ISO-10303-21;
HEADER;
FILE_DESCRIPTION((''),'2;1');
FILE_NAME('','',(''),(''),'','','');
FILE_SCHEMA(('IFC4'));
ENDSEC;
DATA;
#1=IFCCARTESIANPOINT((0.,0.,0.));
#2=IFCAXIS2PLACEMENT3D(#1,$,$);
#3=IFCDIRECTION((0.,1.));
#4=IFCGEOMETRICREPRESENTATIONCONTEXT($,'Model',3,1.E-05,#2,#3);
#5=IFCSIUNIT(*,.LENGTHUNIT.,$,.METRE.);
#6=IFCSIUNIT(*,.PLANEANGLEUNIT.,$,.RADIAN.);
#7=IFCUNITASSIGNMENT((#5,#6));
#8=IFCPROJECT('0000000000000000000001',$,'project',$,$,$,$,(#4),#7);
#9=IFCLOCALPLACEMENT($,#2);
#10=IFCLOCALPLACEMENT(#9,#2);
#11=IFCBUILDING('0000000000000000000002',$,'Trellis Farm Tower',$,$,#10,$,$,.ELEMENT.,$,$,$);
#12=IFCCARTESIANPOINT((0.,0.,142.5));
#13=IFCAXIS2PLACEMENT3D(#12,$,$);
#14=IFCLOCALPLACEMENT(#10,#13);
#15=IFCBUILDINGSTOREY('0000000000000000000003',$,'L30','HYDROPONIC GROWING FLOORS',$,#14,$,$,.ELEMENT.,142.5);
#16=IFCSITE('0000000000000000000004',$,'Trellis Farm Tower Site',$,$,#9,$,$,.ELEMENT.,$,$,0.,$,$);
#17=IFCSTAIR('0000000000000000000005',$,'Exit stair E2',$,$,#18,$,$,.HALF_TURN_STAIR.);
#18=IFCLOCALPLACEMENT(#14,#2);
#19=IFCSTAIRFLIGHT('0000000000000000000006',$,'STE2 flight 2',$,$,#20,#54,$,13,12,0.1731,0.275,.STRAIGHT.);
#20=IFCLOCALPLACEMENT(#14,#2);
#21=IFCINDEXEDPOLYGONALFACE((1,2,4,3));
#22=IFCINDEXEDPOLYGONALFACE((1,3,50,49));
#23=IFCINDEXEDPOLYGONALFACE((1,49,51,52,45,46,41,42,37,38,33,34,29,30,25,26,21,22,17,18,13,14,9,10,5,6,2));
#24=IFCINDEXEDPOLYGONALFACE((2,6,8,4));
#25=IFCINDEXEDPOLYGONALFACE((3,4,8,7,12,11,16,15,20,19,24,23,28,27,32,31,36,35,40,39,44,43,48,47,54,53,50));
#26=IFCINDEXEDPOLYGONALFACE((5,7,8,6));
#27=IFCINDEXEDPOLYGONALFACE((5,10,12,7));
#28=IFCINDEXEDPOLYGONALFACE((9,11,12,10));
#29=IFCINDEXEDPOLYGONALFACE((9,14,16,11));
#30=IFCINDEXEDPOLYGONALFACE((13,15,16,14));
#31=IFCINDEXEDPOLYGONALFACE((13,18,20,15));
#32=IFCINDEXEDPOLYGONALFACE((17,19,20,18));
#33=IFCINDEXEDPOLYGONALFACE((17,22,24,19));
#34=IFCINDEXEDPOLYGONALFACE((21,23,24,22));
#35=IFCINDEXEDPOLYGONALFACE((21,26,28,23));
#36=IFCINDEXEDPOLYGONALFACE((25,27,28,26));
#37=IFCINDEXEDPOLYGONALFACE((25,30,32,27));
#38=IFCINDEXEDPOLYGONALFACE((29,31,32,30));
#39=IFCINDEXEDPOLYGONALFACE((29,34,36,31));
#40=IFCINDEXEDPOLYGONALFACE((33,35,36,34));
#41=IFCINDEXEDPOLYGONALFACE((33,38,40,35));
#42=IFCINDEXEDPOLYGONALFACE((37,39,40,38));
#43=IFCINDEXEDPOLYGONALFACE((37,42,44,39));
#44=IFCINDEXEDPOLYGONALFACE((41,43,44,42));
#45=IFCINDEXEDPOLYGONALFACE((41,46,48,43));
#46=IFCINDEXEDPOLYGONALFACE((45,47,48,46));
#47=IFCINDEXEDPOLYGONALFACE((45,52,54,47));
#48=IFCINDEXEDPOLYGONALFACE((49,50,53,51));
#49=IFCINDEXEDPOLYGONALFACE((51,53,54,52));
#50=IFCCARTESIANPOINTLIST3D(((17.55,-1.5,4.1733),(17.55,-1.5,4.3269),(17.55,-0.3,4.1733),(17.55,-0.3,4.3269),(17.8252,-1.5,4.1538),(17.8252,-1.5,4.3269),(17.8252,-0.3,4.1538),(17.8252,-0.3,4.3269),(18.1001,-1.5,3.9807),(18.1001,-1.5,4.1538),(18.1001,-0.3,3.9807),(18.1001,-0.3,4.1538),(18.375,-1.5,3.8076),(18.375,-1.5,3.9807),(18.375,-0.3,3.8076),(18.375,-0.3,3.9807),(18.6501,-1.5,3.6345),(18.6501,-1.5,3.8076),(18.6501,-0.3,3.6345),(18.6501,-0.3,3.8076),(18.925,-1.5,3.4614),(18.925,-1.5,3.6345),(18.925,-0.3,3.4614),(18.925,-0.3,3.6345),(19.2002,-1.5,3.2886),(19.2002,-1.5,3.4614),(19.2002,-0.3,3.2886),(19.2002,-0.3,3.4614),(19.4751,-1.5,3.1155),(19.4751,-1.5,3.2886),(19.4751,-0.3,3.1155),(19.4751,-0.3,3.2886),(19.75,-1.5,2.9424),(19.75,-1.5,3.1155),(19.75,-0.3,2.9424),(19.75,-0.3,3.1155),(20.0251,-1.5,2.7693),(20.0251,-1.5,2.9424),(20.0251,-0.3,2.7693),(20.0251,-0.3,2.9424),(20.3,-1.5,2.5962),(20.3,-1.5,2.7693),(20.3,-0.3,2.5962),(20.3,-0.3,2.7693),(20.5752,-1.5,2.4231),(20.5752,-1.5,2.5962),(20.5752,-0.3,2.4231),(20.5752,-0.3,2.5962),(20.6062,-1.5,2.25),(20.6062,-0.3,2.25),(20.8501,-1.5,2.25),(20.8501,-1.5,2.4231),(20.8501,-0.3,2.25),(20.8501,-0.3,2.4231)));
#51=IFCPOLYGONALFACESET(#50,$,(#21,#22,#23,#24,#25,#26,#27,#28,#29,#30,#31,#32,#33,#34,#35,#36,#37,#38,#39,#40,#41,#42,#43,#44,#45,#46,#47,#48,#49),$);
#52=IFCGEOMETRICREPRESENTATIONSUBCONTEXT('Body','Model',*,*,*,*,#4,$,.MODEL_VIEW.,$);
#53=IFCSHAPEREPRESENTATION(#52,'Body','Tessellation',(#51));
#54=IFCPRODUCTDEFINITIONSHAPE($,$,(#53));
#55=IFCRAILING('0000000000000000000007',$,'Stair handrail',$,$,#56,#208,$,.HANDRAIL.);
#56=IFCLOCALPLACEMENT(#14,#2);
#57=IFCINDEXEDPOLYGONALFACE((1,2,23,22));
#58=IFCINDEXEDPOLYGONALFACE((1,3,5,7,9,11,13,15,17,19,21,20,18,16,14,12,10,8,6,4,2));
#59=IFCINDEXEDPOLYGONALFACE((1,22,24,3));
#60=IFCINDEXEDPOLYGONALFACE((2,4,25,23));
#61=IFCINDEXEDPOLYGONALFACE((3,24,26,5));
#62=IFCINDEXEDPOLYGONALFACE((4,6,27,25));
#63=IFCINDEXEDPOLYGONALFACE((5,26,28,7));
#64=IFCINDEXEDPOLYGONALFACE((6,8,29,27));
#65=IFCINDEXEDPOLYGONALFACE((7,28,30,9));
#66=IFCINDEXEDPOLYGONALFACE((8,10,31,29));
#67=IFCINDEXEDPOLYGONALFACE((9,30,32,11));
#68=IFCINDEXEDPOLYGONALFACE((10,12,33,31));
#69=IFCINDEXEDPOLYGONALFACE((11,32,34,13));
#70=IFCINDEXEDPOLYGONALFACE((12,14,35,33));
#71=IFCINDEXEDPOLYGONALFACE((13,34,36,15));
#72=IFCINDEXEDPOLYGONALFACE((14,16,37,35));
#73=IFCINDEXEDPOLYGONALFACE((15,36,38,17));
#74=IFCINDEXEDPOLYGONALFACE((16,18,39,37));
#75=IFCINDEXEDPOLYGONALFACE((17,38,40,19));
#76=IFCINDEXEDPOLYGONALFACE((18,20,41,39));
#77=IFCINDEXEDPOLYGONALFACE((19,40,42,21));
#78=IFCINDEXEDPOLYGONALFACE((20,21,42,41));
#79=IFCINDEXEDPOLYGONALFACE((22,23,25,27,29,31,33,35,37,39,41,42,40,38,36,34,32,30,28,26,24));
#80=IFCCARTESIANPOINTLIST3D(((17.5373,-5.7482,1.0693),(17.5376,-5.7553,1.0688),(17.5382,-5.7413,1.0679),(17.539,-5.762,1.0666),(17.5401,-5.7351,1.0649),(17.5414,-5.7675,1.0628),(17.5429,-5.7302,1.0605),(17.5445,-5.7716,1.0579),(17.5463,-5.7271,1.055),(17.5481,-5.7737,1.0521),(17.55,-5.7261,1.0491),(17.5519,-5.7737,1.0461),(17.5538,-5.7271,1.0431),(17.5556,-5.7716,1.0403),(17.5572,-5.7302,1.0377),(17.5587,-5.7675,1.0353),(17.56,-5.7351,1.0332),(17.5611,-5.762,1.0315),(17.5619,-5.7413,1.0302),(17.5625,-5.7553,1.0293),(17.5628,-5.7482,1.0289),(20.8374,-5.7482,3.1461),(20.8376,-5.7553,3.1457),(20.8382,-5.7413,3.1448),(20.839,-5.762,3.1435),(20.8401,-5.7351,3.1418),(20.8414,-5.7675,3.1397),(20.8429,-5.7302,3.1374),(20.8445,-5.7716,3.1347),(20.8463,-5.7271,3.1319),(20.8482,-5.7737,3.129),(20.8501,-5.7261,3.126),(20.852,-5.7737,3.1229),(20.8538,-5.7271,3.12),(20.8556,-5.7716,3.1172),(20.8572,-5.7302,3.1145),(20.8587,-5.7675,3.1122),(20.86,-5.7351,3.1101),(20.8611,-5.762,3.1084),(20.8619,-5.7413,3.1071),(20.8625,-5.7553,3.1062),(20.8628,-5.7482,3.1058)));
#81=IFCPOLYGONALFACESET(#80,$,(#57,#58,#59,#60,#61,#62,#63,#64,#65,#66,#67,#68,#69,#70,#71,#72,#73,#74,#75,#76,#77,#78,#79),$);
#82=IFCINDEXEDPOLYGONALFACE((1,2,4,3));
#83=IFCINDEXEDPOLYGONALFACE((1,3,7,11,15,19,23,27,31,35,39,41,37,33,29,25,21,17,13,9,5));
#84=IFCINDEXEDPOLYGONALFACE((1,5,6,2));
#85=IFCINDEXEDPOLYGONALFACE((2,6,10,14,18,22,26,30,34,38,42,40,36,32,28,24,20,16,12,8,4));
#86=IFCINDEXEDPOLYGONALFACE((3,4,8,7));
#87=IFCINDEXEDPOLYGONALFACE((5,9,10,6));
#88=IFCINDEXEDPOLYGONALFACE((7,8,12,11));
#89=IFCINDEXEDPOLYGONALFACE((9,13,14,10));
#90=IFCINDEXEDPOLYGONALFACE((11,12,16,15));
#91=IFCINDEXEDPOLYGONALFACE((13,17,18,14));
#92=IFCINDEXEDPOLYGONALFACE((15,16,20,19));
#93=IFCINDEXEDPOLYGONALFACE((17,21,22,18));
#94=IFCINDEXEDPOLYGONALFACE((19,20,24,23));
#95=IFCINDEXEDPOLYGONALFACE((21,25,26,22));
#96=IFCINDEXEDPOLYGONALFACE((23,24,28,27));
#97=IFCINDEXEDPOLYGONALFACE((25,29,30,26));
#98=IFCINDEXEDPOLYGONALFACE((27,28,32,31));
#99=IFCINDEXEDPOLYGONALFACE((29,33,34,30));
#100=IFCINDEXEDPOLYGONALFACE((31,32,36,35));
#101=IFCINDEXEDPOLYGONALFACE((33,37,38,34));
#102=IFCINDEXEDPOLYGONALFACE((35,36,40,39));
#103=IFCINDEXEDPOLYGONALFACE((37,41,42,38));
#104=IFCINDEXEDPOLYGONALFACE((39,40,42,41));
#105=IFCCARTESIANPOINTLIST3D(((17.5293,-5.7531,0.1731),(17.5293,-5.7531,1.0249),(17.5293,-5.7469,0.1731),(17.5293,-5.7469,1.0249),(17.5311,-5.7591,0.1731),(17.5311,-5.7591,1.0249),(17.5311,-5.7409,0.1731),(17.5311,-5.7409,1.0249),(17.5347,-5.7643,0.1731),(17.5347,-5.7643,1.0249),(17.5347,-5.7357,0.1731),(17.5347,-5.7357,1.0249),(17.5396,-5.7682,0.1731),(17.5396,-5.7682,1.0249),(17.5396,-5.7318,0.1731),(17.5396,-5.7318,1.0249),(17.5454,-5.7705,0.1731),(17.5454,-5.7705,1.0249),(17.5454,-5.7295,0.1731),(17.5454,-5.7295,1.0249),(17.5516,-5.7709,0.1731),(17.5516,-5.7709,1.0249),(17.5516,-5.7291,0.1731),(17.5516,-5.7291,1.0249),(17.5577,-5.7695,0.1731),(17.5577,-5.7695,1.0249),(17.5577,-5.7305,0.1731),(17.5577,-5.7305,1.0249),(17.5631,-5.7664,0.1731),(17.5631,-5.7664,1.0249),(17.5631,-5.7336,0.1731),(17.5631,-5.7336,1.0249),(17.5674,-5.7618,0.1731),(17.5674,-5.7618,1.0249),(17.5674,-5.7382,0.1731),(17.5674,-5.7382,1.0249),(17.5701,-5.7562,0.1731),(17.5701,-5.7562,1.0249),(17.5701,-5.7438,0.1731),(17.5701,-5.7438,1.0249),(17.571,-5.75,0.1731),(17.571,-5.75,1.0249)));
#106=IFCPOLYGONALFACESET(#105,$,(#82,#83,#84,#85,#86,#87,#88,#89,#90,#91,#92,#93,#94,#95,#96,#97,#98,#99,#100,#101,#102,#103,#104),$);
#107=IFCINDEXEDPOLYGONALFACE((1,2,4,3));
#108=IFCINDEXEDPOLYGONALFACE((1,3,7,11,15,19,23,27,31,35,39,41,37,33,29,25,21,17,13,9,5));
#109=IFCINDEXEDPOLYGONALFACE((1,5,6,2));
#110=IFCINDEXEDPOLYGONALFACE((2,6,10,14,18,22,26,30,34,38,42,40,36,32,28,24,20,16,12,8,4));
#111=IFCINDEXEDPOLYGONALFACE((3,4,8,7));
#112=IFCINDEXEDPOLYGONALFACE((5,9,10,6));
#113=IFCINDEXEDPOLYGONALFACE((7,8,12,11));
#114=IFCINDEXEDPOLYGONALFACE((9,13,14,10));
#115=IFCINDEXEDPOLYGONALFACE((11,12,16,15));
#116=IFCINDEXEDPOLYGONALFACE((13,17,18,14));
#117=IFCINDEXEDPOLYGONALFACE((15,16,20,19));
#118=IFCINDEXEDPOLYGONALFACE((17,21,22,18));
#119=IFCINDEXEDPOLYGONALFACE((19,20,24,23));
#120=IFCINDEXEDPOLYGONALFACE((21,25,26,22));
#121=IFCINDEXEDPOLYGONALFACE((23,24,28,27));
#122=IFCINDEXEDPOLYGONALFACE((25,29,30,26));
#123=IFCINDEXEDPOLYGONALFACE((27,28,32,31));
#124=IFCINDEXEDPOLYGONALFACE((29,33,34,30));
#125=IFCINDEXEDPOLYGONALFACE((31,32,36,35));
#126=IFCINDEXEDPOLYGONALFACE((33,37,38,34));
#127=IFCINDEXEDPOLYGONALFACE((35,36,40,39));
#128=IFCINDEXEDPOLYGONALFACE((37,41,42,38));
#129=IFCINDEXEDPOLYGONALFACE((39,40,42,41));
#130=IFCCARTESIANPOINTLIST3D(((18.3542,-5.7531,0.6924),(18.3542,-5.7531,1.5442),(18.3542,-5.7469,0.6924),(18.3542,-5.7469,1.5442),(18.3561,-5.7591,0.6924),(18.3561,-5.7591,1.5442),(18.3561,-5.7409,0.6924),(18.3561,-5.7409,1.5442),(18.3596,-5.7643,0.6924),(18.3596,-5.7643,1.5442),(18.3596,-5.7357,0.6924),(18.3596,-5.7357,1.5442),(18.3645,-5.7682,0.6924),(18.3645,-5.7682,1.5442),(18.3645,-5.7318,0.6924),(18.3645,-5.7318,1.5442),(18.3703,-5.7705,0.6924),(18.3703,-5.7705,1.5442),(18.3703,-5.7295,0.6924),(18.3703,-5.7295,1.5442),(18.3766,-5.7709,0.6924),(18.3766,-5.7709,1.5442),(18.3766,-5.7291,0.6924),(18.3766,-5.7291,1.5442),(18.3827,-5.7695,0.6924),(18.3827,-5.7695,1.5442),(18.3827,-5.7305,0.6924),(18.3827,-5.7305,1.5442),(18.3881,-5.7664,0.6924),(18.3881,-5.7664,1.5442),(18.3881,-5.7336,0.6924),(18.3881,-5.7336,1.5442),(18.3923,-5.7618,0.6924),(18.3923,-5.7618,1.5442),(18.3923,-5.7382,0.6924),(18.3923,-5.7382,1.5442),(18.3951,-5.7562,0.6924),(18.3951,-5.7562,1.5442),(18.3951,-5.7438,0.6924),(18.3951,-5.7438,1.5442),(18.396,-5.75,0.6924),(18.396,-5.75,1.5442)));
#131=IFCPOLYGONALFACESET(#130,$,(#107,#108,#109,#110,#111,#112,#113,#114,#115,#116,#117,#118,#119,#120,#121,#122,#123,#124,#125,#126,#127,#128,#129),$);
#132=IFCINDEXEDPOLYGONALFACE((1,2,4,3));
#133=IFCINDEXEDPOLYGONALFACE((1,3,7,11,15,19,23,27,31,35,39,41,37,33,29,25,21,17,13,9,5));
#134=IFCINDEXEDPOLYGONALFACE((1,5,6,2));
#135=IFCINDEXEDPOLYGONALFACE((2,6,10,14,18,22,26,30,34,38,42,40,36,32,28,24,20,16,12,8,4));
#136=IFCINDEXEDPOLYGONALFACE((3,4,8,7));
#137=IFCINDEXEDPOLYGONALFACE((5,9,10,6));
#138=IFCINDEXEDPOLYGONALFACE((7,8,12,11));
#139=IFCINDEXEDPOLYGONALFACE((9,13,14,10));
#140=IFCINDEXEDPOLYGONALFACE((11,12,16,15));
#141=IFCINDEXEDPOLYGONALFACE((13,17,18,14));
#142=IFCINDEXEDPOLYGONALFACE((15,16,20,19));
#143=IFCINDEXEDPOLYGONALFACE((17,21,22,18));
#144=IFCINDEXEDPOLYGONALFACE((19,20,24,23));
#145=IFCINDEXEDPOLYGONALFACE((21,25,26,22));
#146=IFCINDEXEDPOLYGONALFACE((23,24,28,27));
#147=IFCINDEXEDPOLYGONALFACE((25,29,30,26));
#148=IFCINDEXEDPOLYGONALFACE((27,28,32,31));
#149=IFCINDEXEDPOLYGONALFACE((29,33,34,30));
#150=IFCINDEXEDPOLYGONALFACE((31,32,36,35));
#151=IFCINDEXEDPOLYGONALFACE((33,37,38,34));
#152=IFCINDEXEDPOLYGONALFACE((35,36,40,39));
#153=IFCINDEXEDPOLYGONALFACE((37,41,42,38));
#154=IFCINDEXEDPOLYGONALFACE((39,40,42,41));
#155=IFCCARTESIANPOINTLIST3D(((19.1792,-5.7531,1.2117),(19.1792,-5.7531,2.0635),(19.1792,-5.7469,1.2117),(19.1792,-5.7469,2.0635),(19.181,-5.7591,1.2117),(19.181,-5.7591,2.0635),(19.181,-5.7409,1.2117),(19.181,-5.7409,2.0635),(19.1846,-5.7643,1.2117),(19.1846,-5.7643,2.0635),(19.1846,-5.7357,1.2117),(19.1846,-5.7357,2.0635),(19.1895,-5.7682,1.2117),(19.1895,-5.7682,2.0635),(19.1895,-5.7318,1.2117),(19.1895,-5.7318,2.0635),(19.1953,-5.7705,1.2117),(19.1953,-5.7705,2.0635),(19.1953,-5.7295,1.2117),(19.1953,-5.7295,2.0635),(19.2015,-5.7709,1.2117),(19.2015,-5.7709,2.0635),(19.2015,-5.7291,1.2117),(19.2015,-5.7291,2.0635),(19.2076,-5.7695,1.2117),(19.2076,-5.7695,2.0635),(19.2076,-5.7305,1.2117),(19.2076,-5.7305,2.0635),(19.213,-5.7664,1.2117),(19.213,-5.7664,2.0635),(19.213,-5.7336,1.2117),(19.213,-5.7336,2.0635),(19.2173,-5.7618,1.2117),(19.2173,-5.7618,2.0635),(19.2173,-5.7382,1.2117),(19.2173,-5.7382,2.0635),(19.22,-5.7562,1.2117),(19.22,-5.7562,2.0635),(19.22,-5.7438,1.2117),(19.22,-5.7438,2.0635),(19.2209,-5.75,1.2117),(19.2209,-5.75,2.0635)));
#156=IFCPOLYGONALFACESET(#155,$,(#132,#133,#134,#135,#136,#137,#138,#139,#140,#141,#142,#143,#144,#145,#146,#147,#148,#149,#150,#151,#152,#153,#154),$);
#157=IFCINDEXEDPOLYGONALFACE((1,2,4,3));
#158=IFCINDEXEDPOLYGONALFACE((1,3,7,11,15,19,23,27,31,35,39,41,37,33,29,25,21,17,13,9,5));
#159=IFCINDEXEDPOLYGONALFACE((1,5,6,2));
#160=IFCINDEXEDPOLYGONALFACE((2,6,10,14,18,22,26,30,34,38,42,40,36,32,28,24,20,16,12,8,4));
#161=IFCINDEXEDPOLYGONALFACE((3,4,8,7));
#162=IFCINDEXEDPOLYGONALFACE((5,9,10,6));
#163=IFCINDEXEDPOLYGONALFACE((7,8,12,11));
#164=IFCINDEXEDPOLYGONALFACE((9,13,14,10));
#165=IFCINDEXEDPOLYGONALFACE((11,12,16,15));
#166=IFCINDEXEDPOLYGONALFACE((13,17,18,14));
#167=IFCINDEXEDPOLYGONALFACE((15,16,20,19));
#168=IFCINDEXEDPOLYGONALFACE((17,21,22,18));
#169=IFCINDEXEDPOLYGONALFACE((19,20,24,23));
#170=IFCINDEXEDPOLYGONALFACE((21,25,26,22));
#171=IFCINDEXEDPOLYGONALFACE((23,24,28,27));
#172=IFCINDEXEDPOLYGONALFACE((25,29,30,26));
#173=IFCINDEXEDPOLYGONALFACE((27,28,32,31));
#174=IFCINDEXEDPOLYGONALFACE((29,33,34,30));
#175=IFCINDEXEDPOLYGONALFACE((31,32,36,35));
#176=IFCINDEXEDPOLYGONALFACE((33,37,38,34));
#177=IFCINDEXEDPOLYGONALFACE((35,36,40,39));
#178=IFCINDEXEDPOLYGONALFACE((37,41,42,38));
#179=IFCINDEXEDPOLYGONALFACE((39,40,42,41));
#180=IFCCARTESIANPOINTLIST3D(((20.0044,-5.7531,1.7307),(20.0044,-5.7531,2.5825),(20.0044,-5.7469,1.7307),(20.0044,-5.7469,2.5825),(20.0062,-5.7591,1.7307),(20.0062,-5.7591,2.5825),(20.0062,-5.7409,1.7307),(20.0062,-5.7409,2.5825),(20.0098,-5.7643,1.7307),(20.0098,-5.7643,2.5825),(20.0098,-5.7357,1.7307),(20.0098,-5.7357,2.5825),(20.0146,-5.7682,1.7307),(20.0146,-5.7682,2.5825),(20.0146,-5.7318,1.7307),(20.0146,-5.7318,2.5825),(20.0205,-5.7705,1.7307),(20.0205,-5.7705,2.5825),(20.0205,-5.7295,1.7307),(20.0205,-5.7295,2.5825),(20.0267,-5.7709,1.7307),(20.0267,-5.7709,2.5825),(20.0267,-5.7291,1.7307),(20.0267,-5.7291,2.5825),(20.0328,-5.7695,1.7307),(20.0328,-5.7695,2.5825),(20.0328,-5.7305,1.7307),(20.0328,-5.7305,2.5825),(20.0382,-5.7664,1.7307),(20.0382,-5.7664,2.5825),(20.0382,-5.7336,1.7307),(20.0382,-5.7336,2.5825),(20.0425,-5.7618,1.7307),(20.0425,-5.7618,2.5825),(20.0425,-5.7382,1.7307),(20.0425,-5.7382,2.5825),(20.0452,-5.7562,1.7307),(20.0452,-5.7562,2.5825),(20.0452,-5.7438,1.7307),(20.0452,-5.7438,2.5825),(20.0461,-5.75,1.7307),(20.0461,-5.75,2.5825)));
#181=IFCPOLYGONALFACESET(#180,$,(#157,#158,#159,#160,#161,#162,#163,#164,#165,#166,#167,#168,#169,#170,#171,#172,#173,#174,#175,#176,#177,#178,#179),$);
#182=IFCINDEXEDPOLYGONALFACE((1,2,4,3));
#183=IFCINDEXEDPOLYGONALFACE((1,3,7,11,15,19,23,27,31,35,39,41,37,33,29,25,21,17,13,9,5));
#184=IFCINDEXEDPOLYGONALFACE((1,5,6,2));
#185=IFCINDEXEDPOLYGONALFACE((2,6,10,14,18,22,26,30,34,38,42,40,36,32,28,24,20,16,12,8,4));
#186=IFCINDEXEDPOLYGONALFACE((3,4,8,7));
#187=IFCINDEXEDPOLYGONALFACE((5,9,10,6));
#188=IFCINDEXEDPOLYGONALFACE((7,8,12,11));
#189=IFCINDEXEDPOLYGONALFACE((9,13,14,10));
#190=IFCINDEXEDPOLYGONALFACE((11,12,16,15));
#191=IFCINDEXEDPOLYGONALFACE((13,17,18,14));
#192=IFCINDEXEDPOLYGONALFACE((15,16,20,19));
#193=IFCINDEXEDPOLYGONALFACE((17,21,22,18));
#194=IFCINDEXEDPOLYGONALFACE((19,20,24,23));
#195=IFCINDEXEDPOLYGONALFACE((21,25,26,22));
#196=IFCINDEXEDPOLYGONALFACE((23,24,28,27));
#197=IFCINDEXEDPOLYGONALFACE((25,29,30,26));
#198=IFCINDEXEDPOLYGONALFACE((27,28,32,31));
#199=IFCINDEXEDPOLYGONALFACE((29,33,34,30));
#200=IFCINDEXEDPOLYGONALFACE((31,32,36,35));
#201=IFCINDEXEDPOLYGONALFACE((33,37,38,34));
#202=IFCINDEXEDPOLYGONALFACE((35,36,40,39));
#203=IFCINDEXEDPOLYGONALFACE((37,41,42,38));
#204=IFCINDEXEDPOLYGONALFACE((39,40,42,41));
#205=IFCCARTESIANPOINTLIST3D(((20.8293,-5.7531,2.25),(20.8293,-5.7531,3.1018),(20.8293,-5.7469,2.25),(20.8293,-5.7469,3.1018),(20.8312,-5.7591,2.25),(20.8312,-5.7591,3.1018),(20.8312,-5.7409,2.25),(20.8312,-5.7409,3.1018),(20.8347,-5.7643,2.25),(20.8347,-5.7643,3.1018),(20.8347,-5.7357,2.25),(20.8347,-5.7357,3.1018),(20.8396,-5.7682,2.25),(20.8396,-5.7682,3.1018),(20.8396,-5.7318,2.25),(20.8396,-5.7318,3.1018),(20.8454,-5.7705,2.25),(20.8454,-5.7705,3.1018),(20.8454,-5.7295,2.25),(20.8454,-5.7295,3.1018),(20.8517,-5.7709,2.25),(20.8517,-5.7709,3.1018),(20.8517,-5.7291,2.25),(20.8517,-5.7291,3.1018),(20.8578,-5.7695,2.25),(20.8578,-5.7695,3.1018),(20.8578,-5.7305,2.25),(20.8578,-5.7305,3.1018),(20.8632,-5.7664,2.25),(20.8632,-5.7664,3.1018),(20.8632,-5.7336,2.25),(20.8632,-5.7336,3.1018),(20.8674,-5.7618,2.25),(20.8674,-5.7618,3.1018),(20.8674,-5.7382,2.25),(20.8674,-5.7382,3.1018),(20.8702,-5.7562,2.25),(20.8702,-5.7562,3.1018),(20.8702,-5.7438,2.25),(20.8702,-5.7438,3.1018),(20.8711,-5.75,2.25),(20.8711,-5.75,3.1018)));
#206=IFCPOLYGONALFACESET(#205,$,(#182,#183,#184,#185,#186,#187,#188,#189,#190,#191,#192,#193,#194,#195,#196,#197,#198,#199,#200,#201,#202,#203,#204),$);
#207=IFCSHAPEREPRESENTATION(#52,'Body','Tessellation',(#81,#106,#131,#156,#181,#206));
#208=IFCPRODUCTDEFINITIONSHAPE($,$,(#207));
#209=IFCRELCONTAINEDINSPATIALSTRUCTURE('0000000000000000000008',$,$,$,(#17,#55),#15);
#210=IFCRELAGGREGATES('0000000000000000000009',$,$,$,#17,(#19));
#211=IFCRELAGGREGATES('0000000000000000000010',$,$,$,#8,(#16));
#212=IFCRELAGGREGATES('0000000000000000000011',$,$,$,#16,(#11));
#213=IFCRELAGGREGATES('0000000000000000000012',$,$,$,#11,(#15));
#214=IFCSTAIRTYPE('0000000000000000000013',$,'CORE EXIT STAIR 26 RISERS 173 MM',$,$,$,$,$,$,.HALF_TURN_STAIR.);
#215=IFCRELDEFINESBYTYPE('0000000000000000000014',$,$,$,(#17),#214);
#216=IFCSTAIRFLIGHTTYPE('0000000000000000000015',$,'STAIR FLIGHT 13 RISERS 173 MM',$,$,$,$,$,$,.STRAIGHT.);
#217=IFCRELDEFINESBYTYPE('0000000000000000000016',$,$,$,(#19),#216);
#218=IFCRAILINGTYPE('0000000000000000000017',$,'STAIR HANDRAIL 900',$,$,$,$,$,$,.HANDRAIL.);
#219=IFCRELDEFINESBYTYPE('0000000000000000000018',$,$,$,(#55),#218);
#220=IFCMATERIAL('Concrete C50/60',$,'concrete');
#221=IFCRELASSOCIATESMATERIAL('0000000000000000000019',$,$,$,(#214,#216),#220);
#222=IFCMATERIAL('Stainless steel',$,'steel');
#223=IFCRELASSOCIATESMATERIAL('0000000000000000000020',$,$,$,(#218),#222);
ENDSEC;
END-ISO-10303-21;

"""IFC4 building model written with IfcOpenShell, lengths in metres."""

from ifc_helpers import new_model, si_unit, direction, frame, origin, origin_2d, place, context, subcontext, project, spatial, polyline, circle, outline, extrude, source, transform, mapped, material, type_object, element, aggregate, save


model = new_model("IFC4")

# Units and contexts
model_context = context("Model", 3, precision=1e-05, world=origin(), true_north=direction((0.0, 1.0)))
body_context = subcontext(model_context, "Body", "Model", "MODEL_VIEW")
ifc_project = project(units=[si_unit("LENGTHUNIT", "METRE"), si_unit("PLANEANGLEUNIT", "RADIAN")], contexts=[model_context])

# Site, building, storey
site_placement = place(None, origin())
site = spatial("IfcSite", under=ifc_project, at=site_placement, Name="Trellis Farm Tower Site", CompositionType="ELEMENT", RefElevation=0.0)
building_placement = place(site_placement, origin())
building = spatial("IfcBuilding", under=site, at=building_placement, Name="Trellis Farm Tower", CompositionType="ELEMENT")
storey_placement = place(building_placement, frame((0.0, 0.0, 142.5)))
storey = spatial("IfcBuildingStorey", under=building, at=storey_placement, Name="L30", Description="HYDROPONIC GROWING FLOORS", CompositionType="ELEMENT", Elevation=142.5)

# Shared definitions
placement = place(storey_placement, origin())

# Stair, stair flight
ifc_material_1 = material(Name="Concrete C50/60", Category="concrete")
stair_type = type_object("IfcStairType", Name="CORE EXIT STAIR 26 RISERS 173 MM", PredefinedType="HALF_TURN_STAIR", material=ifc_material_1)
stair_flight_type = type_object("IfcStairFlightType", Name="STAIR FLIGHT 13 RISERS 173 MM", PredefinedType="STRAIGHT", material=ifc_material_1)
shared_shape_1 = source(origin(), body_context, "Body", "SweptSolid", [
    extrude(outline(polyline([(0.0, 0.0), (0.0, 0.1731), (0.2749, 0.1731), (0.2749, 0.3462), (0.55, 0.3462), (0.55, 0.5193), (0.825, 0.5193), (0.825, 0.6924), (1.1001, 0.6924), (1.1001, 0.8655), (1.375, 0.8655), (1.375, 1.0386), (1.6499, 1.0386), (1.6499, 1.2114), (1.925, 1.2114), (1.925, 1.3845), (2.2, 1.3845), (2.2, 1.5576), (2.4751, 1.5576), (2.4751, 1.7307), (2.75, 1.7307), (2.75, 1.9038), (3.0249, 1.9038), (3.0249, 2.0769), (3.3, 2.0769), (3.3, 2.25), (3.3, 1.9233), (0.2439, 0.0), (0.0, 0.0)])), frame((0.0, 0.6001, 0.0), z_axis=(0.0, -1.0, 0.0), x_axis=(1.0, 0.0, 0.0)), (0.0, 0.0, 1.0), 1.2),
])
stair_1 = element("IfcStair", 1, at=placement, inside=storey, type_object=stair_type, Name="Exit stair E2", PredefinedType="HALF_TURN_STAIR")
stair_flight_1_placement = place(storey_placement, frame((20.8501, -0.8999, 2.25), z_axis=(0.0, 0.0, 1.0), x_axis=(-1.0, 0.0, 0.0)))
stair_flight_1 = element("IfcStairFlight", 2, at=stair_flight_1_placement, type_object=stair_flight_type, Name="STE2 flight 2", NumberOfRisers=13, NumberOfTreads=12, PredefinedType="STRAIGHT", RiserHeight=0.1731, TreadLength=0.275, context=body_context, shape_type="MappedRepresentation", body=[
    mapped(shared_shape_1, transform((0.0, 0.0, 0.0))),
])
aggregate(stair_1, [stair_flight_1])

# Railing
ifc_material_2 = material(Name="Stainless steel", Category="steel")
railing_type = type_object("IfcRailingType", Name="STAIR HANDRAIL 900", PredefinedType="HANDRAIL", material=ifc_material_2)
shared_shape_2 = source(origin(), body_context, "Body", "SweptSolid", [
    extrude(circle(Radius=0.0239, at=origin_2d()), frame((0.0, 0.0, 0.876), z_axis=(0.846337, 0.0, 0.532647), x_axis=(0.0, 1.0, 0.0)), (0.0, 0.0, 1.0), 3.8992),
    extrude(circle(Radius=0.021, at=origin_2d()), origin(), (0.0, 0.0, 1.0), 0.8518),
    extrude(circle(Radius=0.021, at=origin_2d()), frame((0.825, 0.0, 0.5193)), (0.0, 0.0, 1.0), 0.8518),
    extrude(circle(Radius=0.021, at=origin_2d()), frame((1.6499, 0.0, 1.0386)), (0.0, 0.0, 1.0), 0.8518),
    extrude(circle(Radius=0.021, at=origin_2d()), frame((2.4751, 0.0, 1.5576)), (0.0, 0.0, 1.0), 0.8518),
    extrude(circle(Radius=0.021, at=origin_2d()), frame((3.3, 0.0, 2.0769)), (0.0, 0.0, 1.0), 0.8518),
])
for number, where, name in (
    (3, (17.55, -5.75, 0.1731), "Stair handrail"),
):
    element("IfcRailing", number, at=place(storey_placement, frame(where)), inside=storey, type_object=railing_type, Name=name, PredefinedType="HANDRAIL", context=body_context, shape_type="MappedRepresentation", body=[
        mapped(shared_shape_2, transform((0.0, 0.0, 0.0))),
    ])

save(model, "model.ifc")
